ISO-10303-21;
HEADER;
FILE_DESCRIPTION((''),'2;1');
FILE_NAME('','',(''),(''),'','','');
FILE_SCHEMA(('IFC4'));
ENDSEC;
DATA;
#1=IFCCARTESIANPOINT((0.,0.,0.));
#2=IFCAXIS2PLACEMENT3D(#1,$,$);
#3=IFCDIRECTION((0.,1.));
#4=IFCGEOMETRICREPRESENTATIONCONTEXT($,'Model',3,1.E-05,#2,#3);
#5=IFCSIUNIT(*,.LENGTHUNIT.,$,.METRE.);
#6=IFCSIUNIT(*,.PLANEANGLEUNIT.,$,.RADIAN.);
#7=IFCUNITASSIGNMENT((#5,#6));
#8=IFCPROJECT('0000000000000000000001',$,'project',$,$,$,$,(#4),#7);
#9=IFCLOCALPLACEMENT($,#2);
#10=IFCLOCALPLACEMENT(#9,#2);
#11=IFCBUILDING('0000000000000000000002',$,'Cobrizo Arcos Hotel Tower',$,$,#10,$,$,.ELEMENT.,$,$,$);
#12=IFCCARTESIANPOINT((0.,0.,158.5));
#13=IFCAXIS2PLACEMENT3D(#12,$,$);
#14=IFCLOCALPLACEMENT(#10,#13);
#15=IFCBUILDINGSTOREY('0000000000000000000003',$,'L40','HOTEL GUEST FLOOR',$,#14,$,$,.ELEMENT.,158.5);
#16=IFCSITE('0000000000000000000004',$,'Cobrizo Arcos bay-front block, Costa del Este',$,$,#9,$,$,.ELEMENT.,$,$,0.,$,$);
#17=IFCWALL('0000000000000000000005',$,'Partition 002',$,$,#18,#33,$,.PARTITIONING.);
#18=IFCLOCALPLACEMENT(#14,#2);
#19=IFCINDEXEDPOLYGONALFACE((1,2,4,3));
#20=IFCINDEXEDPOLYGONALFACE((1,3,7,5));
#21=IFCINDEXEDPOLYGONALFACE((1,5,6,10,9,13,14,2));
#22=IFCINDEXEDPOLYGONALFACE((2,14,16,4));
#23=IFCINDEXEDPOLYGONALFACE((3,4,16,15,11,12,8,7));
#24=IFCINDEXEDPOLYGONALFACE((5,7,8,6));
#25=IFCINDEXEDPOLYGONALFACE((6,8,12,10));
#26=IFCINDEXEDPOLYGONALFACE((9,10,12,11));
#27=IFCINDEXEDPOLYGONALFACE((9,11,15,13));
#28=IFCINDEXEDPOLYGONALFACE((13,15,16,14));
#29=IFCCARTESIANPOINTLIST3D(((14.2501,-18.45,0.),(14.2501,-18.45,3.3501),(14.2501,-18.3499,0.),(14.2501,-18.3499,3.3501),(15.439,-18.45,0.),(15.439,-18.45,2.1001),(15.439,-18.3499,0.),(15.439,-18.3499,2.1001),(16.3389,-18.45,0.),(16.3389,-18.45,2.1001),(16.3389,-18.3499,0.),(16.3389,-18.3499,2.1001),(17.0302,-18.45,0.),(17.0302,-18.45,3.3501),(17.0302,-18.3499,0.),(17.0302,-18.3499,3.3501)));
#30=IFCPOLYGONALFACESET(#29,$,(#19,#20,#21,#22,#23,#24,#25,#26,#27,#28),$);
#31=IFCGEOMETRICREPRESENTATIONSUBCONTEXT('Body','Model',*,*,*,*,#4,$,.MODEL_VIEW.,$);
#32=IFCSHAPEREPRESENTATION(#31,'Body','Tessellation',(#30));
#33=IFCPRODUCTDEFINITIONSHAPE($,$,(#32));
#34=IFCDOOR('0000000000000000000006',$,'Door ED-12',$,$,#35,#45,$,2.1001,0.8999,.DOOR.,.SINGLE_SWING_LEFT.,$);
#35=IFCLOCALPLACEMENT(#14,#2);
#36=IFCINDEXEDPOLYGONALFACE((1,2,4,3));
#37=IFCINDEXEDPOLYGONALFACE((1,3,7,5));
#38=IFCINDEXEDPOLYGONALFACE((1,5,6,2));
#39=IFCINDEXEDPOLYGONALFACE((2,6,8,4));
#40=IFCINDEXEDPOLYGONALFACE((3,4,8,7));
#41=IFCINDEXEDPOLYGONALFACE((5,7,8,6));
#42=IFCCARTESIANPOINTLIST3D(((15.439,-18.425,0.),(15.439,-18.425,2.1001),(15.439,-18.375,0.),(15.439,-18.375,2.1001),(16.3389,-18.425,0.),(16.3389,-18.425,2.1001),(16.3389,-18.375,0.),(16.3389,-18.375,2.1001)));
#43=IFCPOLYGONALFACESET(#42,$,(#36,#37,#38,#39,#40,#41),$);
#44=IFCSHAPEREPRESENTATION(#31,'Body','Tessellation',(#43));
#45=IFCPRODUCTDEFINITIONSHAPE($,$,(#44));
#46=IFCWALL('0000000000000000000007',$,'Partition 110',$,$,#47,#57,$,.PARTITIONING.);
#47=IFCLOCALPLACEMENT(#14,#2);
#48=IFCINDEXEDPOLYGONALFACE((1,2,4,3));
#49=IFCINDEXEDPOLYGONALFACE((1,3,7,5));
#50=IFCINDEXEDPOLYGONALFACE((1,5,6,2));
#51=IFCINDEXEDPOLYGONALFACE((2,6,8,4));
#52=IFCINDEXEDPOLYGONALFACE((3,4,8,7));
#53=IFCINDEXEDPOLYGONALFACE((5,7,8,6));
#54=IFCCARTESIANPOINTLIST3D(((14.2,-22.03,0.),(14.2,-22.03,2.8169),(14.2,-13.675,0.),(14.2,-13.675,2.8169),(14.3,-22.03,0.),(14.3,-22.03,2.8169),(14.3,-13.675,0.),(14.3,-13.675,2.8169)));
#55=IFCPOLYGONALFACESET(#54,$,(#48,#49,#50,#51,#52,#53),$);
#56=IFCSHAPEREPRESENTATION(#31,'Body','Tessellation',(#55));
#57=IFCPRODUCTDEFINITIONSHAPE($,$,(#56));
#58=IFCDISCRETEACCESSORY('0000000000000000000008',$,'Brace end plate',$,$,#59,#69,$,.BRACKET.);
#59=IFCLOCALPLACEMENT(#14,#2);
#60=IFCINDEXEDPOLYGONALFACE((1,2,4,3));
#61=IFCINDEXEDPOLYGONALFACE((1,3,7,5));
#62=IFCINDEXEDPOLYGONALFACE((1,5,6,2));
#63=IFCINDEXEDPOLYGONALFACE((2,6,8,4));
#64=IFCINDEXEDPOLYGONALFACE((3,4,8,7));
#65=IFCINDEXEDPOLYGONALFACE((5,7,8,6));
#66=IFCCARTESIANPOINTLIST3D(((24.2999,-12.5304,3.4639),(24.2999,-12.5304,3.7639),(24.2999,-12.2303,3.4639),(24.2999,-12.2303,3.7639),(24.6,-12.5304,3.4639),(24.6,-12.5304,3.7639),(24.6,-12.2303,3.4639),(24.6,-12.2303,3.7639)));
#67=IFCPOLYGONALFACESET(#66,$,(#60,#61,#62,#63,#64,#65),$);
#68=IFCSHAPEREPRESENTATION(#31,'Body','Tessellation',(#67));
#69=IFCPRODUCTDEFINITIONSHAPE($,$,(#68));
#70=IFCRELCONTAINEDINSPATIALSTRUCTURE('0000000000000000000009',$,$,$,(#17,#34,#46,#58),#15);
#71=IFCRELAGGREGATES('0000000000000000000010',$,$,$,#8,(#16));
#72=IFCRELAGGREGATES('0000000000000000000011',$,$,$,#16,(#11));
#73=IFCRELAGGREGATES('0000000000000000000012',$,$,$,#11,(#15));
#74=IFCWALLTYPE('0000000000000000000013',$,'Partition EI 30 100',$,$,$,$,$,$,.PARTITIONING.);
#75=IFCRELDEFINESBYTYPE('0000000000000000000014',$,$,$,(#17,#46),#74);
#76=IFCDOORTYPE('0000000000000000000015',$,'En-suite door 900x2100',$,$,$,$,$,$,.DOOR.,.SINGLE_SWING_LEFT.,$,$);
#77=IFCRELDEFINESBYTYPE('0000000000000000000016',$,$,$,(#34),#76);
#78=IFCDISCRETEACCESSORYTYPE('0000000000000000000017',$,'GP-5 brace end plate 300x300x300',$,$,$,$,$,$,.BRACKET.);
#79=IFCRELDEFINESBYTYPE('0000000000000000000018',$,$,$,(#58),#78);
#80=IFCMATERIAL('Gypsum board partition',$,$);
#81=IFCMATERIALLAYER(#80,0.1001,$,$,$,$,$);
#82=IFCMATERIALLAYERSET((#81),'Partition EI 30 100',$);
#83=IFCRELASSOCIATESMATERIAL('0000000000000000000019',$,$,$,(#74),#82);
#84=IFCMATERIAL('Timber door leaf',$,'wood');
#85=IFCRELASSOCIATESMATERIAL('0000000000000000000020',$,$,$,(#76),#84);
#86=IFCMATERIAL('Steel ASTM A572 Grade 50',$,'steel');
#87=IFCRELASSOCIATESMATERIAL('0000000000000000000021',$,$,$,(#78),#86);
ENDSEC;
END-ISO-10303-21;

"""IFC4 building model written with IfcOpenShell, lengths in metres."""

from ifc_helpers import new_model, si_unit, direction, frame, frame_2d, origin, origin_2d, place, context, subcontext, project, spatial, rectangle, extrude, material, layer, layer_set, type_object, element, fill, save


model = new_model("IFC4")

# Units and contexts
model_context = context("Model", 3, precision=1e-05, world=origin(), true_north=direction((0.0, 1.0)))
body_context = subcontext(model_context, "Body", "Model", "MODEL_VIEW")
ifc_project = project(units=[si_unit("LENGTHUNIT", "METRE"), si_unit("PLANEANGLEUNIT", "RADIAN")], contexts=[model_context])

# Site, building, storey
site_placement = place(None, origin())
site = spatial("IfcSite", under=ifc_project, at=site_placement, Name="Cobrizo Arcos bay-front block, Costa del Este", CompositionType="ELEMENT", RefElevation=0.0)
building_placement = place(site_placement, origin())
building = spatial("IfcBuilding", under=site, at=building_placement, Name="Cobrizo Arcos Hotel Tower", CompositionType="ELEMENT")
storey_placement = place(building_placement, frame((0.0, 0.0, 158.5)))
storey = spatial("IfcBuildingStorey", under=building, at=storey_placement, Name="L40", Description="HOTEL GUEST FLOOR", CompositionType="ELEMENT", Elevation=158.5)

# Shared definitions
ifc_material_1 = material(Name="Steel ASTM A572 Grade 50", Category="steel")

# Wall, opening, door
ifc_material_2 = material(Name="Gypsum board partition")
ifc_material_3 = material(Name="Timber door leaf", Category="wood")
ifc_layer_1 = layer(ifc_material_2, 0.1001)
ifc_layer_set_1 = layer_set([ifc_layer_1], Name="Partition EI 30 100")
wall_type_1 = type_object("IfcWallType", Name="Partition EI 30 100", PredefinedType="PARTITIONING", material=ifc_layer_set_1)
wall_1_placement = place(storey_placement, frame((14.25, -18.3999, 0.0), z_axis=(0.0, 0.0, 1.0), x_axis=(1.0, 0.0, 0.0)))
wall_1 = element("IfcWall", 1, at=wall_1_placement, inside=storey, type_object=wall_type_1, Name="Partition 002", PredefinedType="PARTITIONING", context=body_context, shape_type="SweptSolid", body=[
    extrude(rectangle(XDim=2.78, YDim=0.1001, at=frame_2d((1.3901, 0.0))), origin(), (0.0, 0.0, 1.0), 3.3501),
])
opening_1_placement = place(wall_1_placement, frame((1.189, 0.0, 0.0)))
opening_1 = element("IfcOpeningElement", 2, at=opening_1_placement, cuts=wall_1, PredefinedType="OPENING", context=body_context, shape_type="SweptSolid", body=[
    extrude(rectangle(XDim=0.8999, YDim=2.1001, at=frame_2d((0.45, 1.05))), frame((0.0, 0.062, 0.0), z_axis=(0.0, -1.0, 0.0), x_axis=(1.0, 0.0, 0.0)), (0.0, 0.0, 1.0), 0.124),
])
door_type_1 = type_object("IfcDoorType", Name="En-suite door 900x2100", OperationType="SINGLE_SWING_LEFT", PredefinedType="DOOR", material=ifc_material_3)
door_1_placement = place(opening_1_placement, origin())
door_1 = element("IfcDoor", 3, at=door_1_placement, inside=storey, type_object=door_type_1, Name="Door ED-12", OperationType="SINGLE_SWING_LEFT", OverallHeight=2.1001, OverallWidth=0.8999, PredefinedType="DOOR", context=body_context, shape_type="SweptSolid", body=[
    extrude(rectangle(XDim=0.8999, YDim=2.1001, at=frame_2d((0.45, 1.05))), frame((0.0, 0.0249, 0.0), z_axis=(0.0, -1.0, 0.0), x_axis=(1.0, 0.0, 0.0)), (0.0, 0.0, 1.0), 0.05),
])
fill(opening_1, door_1)

# Wall
wall_2_placement = place(storey_placement, frame((14.25, -22.03, 0.0), z_axis=(0.0, 0.0, 1.0), x_axis=(0.0, 1.0, 0.0)))
element("IfcWall", 4, at=wall_2_placement, inside=storey, type_object=wall_type_1, Name="Partition 110", PredefinedType="PARTITIONING", context=body_context, shape_type="SweptSolid", body=[
    extrude(rectangle(XDim=8.355, YDim=0.1001, at=frame_2d((4.1775, 0.0))), origin(), (0.0, 0.0, 1.0), 2.8169),
])

# Discrete accessory
discrete_accessory_type = type_object("IfcDiscreteAccessoryType", Name="GP-5 brace end plate 300x300x300", PredefinedType="BRACKET", material=ifc_material_1)
discrete_accessory_placement = place(storey_placement, frame((24.45, -12.3804, 3.4639), z_axis=(0.0, 0.0, 1.0), x_axis=(1.0, 0.0, 0.0)))
element("IfcDiscreteAccessory", 5, at=discrete_accessory_placement, inside=storey, type_object=discrete_accessory_type, Name="Brace end plate", PredefinedType="BRACKET", context=body_context, shape_type="SweptSolid", body=[
    extrude(rectangle(XDim=0.3, YDim=0.3, at=origin_2d()), origin(), (0.0, 0.0, 1.0), 0.3),
])

save(model, "model.ifc")
